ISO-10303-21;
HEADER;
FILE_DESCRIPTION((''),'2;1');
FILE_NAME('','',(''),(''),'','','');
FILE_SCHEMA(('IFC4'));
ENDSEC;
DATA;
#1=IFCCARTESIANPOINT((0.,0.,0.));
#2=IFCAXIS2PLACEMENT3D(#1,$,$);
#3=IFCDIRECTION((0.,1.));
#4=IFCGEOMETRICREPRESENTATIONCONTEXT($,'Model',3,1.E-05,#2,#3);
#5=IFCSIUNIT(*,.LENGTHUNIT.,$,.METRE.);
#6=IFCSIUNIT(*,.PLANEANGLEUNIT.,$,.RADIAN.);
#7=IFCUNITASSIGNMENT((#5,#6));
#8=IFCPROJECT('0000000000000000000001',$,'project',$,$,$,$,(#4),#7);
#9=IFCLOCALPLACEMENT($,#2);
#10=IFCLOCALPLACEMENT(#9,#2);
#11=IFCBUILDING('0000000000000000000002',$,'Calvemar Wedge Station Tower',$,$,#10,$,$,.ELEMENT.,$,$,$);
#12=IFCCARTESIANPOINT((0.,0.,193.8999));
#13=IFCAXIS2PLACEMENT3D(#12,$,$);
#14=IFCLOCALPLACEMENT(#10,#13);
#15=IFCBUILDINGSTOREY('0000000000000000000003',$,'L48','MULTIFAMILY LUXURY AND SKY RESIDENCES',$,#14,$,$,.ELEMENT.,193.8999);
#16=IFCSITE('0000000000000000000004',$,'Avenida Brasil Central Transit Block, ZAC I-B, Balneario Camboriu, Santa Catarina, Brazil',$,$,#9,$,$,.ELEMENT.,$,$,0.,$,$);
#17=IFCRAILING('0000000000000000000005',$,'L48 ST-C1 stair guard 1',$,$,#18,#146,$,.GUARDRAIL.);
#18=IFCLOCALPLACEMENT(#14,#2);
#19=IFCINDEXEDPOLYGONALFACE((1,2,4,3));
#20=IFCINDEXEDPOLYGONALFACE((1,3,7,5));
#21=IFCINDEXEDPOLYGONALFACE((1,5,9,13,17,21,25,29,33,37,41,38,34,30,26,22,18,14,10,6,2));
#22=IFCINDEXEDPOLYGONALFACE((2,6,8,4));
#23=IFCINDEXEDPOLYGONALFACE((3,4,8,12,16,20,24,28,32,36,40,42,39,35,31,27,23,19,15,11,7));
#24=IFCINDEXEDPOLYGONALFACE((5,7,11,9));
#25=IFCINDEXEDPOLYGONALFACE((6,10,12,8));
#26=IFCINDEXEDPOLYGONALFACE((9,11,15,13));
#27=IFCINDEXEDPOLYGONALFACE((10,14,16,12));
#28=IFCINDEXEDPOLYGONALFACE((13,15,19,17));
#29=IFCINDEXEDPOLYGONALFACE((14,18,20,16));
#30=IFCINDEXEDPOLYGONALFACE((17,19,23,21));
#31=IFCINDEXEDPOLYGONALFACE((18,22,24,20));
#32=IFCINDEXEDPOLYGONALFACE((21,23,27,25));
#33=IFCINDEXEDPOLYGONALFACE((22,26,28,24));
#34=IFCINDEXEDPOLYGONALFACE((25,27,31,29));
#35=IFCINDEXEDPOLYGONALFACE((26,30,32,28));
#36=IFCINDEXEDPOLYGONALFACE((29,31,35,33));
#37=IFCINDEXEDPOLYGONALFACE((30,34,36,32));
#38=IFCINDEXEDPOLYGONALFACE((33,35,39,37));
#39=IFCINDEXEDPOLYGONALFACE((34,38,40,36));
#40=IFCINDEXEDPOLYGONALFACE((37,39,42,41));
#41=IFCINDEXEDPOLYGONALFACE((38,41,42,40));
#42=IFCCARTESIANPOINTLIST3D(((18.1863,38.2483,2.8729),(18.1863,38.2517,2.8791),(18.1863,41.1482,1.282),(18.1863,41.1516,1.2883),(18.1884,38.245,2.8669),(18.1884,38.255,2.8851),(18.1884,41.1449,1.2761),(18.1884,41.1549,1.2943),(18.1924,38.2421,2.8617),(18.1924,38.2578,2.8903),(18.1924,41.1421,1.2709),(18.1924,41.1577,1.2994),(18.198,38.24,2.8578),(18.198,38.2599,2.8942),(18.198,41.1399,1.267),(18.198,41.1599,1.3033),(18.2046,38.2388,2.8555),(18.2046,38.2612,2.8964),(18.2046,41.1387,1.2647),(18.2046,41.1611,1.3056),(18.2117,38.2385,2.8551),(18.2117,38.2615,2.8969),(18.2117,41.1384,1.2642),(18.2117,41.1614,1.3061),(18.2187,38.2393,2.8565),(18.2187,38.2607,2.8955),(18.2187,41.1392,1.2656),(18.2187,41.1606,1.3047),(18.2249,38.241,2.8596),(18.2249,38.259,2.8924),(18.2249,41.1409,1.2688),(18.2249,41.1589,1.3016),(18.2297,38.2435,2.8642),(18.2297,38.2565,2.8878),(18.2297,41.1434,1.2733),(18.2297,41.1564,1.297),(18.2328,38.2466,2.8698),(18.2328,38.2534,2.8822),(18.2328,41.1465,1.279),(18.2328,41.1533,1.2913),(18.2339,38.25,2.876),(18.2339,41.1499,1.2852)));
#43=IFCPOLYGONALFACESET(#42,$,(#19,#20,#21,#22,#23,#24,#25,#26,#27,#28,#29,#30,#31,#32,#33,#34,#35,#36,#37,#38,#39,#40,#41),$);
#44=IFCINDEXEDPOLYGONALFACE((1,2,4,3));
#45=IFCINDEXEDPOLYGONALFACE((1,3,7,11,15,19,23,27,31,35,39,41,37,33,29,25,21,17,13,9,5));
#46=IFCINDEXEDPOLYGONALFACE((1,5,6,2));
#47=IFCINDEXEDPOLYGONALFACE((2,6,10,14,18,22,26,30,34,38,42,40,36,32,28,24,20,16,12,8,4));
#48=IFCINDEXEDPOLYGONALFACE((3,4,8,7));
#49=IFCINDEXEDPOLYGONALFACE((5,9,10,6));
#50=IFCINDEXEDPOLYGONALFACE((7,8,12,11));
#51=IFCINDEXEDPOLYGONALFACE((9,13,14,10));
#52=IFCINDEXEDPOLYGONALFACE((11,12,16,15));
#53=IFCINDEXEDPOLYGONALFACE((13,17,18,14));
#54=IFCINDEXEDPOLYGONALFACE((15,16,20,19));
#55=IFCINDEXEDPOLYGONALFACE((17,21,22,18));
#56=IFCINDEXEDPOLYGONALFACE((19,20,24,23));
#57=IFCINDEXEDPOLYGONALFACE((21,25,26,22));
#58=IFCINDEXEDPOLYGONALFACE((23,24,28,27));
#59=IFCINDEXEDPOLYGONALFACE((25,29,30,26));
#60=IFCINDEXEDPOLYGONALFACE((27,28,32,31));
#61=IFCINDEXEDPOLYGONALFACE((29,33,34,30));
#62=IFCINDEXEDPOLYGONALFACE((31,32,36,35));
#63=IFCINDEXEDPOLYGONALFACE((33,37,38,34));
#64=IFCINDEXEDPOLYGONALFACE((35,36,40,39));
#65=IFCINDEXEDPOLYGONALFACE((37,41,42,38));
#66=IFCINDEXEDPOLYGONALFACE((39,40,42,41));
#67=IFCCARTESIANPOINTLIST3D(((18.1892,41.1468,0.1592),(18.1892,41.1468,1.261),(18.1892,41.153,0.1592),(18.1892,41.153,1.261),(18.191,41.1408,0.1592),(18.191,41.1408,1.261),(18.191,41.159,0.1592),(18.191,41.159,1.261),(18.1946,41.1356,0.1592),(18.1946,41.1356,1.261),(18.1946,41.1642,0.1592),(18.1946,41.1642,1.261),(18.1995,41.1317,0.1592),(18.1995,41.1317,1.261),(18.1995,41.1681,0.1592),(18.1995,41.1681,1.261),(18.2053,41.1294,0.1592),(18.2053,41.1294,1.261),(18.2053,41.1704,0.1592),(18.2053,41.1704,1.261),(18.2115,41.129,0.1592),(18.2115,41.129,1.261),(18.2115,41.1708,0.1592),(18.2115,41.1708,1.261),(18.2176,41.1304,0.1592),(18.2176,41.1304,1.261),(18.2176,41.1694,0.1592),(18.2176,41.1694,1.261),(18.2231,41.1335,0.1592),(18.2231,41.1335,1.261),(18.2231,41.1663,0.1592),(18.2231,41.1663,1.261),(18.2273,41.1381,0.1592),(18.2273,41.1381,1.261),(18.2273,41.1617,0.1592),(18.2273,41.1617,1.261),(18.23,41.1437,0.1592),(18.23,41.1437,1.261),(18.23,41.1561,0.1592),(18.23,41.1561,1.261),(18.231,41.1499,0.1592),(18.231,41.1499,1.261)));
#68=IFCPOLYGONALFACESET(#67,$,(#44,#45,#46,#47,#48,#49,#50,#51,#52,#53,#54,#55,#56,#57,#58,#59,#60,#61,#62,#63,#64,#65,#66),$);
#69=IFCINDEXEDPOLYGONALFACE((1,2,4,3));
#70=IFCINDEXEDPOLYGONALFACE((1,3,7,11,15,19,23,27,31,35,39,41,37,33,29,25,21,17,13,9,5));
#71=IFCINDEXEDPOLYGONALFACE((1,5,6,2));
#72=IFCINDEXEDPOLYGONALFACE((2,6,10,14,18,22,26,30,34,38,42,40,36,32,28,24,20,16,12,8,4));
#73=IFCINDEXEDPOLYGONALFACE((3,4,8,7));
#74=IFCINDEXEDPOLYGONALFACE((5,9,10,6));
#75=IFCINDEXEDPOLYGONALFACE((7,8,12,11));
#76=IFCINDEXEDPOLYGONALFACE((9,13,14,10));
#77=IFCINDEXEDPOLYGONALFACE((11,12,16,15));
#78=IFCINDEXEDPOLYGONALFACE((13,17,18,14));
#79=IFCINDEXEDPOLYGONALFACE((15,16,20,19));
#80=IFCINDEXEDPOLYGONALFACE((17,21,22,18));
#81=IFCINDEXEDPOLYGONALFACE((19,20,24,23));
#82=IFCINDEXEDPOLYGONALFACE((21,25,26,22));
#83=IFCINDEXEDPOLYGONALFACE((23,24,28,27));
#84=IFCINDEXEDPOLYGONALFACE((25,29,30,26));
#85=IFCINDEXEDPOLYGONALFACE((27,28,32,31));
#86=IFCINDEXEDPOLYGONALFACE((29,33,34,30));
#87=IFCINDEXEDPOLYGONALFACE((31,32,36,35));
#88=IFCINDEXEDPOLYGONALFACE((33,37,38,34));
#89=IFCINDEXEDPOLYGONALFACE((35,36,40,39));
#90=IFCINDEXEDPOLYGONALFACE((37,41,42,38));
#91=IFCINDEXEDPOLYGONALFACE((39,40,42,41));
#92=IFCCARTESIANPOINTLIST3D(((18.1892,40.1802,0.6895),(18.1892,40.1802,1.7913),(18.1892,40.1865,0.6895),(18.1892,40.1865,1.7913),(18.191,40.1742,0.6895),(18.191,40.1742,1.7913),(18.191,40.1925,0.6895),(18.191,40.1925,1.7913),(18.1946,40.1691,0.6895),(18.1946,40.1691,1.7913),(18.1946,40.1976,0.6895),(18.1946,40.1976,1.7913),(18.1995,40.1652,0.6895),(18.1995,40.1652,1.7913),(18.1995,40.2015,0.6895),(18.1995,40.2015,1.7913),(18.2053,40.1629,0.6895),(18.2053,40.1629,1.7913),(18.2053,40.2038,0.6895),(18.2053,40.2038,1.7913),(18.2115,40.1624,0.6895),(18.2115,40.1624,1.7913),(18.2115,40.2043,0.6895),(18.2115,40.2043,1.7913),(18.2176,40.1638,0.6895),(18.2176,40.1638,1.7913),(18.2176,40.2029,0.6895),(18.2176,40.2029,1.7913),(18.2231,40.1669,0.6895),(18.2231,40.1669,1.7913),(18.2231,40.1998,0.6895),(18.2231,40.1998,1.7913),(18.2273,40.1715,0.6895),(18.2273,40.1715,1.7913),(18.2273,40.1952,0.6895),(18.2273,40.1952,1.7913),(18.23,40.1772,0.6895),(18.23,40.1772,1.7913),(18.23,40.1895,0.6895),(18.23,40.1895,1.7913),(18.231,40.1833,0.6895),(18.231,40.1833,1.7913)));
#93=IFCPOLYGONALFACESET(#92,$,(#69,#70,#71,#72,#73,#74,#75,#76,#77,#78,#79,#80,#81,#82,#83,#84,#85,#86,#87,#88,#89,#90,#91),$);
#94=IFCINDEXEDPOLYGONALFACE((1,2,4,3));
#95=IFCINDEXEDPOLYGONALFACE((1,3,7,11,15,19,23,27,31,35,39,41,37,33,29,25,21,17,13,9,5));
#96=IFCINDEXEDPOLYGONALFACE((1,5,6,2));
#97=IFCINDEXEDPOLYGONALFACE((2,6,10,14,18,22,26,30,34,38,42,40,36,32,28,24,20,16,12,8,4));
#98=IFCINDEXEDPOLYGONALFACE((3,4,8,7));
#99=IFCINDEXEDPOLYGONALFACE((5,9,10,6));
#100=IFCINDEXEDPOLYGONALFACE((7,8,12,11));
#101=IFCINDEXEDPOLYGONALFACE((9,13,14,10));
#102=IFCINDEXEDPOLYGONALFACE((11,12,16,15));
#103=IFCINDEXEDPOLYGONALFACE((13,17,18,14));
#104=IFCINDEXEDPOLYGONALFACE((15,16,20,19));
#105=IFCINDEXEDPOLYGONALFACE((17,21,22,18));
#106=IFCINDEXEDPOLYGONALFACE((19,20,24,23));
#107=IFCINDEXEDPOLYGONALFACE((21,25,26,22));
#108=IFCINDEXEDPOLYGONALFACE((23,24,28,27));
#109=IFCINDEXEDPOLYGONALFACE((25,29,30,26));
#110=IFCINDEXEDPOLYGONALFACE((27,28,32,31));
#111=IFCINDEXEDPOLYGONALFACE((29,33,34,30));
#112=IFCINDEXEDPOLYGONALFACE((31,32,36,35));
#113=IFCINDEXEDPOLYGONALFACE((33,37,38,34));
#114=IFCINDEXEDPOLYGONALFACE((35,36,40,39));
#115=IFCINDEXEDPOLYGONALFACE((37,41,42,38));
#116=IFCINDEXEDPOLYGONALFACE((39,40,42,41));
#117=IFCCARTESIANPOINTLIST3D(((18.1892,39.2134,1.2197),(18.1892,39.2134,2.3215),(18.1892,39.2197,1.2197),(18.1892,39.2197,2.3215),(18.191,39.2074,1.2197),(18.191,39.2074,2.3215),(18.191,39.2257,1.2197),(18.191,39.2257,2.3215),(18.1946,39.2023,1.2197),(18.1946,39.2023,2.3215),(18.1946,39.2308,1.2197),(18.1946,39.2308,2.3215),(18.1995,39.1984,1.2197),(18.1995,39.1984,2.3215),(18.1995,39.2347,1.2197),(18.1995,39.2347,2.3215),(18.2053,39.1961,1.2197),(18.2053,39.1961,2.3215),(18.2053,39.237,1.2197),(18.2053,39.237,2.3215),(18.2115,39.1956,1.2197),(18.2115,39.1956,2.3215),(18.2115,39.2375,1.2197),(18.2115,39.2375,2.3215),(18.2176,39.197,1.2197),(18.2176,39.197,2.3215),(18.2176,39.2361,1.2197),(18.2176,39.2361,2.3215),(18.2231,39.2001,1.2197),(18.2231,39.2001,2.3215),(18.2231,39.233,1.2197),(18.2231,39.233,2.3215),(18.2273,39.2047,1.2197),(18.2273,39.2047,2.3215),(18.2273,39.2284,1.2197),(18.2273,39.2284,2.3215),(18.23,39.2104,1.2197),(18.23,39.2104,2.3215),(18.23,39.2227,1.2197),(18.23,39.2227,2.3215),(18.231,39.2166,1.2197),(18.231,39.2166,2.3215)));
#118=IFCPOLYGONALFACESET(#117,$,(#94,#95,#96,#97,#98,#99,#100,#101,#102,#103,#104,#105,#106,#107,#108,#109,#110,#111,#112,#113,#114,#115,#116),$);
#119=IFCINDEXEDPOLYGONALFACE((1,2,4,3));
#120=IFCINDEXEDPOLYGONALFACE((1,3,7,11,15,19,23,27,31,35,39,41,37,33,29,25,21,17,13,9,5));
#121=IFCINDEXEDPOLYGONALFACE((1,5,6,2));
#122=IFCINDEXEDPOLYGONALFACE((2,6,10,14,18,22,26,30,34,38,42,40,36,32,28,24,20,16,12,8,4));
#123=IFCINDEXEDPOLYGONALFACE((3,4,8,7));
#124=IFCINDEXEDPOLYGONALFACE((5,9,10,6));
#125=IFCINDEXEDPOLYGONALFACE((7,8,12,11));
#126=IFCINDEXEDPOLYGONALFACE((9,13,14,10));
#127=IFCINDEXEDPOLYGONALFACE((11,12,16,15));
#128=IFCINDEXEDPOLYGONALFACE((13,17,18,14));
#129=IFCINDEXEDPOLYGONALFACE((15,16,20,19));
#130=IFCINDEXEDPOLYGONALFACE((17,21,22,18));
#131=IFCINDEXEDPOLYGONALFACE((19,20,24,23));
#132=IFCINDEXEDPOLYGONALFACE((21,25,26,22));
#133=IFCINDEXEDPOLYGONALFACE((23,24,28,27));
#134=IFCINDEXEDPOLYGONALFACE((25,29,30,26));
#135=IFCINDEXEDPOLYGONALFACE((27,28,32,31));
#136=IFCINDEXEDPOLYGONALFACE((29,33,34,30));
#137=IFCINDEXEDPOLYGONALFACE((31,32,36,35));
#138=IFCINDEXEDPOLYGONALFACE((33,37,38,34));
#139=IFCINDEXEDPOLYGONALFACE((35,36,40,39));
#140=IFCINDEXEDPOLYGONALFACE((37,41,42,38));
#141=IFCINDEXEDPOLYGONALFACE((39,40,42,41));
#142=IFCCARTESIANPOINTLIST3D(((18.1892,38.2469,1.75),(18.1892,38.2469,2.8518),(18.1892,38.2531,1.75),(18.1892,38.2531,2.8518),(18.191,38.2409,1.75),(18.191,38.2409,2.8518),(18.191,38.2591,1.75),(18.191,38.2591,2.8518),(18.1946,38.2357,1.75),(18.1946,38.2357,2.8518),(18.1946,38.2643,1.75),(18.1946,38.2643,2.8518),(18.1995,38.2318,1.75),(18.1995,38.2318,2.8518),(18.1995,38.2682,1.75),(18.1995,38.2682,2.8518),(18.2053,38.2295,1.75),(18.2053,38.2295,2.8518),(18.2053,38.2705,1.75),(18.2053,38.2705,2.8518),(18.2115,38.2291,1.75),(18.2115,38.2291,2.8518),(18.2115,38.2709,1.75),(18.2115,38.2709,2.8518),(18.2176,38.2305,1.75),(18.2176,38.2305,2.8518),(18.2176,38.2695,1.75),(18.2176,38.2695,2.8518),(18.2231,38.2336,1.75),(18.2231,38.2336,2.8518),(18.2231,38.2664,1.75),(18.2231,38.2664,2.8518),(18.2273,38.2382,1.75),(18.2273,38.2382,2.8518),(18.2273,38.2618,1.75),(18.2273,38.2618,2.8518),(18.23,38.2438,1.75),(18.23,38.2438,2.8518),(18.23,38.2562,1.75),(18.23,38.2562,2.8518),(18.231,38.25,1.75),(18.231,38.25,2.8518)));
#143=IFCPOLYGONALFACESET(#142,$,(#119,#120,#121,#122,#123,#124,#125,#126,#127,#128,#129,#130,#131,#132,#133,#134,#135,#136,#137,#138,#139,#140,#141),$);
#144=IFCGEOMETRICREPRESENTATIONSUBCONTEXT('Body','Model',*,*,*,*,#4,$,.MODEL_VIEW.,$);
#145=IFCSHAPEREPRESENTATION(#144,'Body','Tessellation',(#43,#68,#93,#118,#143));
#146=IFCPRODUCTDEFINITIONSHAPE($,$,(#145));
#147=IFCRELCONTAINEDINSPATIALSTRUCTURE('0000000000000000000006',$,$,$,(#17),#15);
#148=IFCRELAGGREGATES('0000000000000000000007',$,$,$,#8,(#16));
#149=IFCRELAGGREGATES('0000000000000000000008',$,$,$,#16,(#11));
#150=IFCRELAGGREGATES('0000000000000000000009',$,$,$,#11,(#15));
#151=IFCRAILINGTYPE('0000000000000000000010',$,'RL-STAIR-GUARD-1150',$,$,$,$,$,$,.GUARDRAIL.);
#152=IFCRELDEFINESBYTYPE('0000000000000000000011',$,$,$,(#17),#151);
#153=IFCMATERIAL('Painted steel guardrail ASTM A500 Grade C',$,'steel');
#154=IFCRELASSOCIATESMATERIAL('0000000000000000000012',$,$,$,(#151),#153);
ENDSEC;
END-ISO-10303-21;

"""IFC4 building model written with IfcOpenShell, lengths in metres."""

from ifc_helpers import new_model, si_unit, direction, frame, origin, origin_2d, place, context, subcontext, project, spatial, circle, extrude, material, type_object, element, save


model = new_model("IFC4")

# Units and contexts
model_context = context("Model", 3, precision=1e-05, world=origin(), true_north=direction((0.0, 1.0)))
body_context = subcontext(model_context, "Body", "Model", "MODEL_VIEW")
ifc_project = project(units=[si_unit("LENGTHUNIT", "METRE"), si_unit("PLANEANGLEUNIT", "RADIAN")], contexts=[model_context])

# Site, building, storey
site_placement = place(None, origin())
site = spatial("IfcSite", under=ifc_project, at=site_placement, Name="Avenida Brasil Central Transit Block, ZAC I-B, Balneario Camboriu, Santa Catarina, Brazil", CompositionType="ELEMENT", RefElevation=0.0)
building_placement = place(site_placement, origin())
building = spatial("IfcBuilding", under=site, at=building_placement, Name="Calvemar Wedge Station Tower", CompositionType="ELEMENT")
storey_placement = place(building_placement, frame((0.0, 0.0, 193.8999)))
storey = spatial("IfcBuildingStorey", under=building, at=storey_placement, Name="L48", Description="MULTIFAMILY LUXURY AND SKY RESIDENCES", CompositionType="ELEMENT", Elevation=193.8999)

# Railing
ifc_material_1 = material(Name="Painted steel guardrail ASTM A500 Grade C", Category="steel")
railing_type_1 = type_object("IfcRailingType", Name="RL-STAIR-GUARD-1150", PredefinedType="GUARDRAIL", material=ifc_material_1)
railing_1_placement = place(storey_placement, frame((18.21, 41.1499, 0.1592)))
element("IfcRailing", 1, at=railing_1_placement, inside=storey, type_object=railing_type_1, Name="L48 ST-C1 stair guard 1", PredefinedType="GUARDRAIL", context=body_context, shape_type="SweptSolid", body=[
    extrude(circle(Radius=0.0239, at=origin_2d()), frame((0.0, 0.0, 1.126), z_axis=(0.0, -0.876742, 0.480961), x_axis=(1.0, 0.0, 0.0)), (0.0, 0.0, 1.0), 3.3076),
    extrude(circle(Radius=0.021, at=origin_2d()), origin(), (0.0, 0.0, 1.0), 1.1018),
    extrude(circle(Radius=0.021, at=origin_2d()), frame((0.0, -0.9666, 0.5303)), (0.0, 0.0, 1.0), 1.1018),
    extrude(circle(Radius=0.021, at=origin_2d()), frame((0.0, -1.9333, 1.0605)), (0.0, 0.0, 1.0), 1.1018),
    extrude(circle(Radius=0.021, at=origin_2d()), frame((0.0, -2.8999, 1.5908)), (0.0, 0.0, 1.0), 1.1018),
])

save(model, "model.ifc")
